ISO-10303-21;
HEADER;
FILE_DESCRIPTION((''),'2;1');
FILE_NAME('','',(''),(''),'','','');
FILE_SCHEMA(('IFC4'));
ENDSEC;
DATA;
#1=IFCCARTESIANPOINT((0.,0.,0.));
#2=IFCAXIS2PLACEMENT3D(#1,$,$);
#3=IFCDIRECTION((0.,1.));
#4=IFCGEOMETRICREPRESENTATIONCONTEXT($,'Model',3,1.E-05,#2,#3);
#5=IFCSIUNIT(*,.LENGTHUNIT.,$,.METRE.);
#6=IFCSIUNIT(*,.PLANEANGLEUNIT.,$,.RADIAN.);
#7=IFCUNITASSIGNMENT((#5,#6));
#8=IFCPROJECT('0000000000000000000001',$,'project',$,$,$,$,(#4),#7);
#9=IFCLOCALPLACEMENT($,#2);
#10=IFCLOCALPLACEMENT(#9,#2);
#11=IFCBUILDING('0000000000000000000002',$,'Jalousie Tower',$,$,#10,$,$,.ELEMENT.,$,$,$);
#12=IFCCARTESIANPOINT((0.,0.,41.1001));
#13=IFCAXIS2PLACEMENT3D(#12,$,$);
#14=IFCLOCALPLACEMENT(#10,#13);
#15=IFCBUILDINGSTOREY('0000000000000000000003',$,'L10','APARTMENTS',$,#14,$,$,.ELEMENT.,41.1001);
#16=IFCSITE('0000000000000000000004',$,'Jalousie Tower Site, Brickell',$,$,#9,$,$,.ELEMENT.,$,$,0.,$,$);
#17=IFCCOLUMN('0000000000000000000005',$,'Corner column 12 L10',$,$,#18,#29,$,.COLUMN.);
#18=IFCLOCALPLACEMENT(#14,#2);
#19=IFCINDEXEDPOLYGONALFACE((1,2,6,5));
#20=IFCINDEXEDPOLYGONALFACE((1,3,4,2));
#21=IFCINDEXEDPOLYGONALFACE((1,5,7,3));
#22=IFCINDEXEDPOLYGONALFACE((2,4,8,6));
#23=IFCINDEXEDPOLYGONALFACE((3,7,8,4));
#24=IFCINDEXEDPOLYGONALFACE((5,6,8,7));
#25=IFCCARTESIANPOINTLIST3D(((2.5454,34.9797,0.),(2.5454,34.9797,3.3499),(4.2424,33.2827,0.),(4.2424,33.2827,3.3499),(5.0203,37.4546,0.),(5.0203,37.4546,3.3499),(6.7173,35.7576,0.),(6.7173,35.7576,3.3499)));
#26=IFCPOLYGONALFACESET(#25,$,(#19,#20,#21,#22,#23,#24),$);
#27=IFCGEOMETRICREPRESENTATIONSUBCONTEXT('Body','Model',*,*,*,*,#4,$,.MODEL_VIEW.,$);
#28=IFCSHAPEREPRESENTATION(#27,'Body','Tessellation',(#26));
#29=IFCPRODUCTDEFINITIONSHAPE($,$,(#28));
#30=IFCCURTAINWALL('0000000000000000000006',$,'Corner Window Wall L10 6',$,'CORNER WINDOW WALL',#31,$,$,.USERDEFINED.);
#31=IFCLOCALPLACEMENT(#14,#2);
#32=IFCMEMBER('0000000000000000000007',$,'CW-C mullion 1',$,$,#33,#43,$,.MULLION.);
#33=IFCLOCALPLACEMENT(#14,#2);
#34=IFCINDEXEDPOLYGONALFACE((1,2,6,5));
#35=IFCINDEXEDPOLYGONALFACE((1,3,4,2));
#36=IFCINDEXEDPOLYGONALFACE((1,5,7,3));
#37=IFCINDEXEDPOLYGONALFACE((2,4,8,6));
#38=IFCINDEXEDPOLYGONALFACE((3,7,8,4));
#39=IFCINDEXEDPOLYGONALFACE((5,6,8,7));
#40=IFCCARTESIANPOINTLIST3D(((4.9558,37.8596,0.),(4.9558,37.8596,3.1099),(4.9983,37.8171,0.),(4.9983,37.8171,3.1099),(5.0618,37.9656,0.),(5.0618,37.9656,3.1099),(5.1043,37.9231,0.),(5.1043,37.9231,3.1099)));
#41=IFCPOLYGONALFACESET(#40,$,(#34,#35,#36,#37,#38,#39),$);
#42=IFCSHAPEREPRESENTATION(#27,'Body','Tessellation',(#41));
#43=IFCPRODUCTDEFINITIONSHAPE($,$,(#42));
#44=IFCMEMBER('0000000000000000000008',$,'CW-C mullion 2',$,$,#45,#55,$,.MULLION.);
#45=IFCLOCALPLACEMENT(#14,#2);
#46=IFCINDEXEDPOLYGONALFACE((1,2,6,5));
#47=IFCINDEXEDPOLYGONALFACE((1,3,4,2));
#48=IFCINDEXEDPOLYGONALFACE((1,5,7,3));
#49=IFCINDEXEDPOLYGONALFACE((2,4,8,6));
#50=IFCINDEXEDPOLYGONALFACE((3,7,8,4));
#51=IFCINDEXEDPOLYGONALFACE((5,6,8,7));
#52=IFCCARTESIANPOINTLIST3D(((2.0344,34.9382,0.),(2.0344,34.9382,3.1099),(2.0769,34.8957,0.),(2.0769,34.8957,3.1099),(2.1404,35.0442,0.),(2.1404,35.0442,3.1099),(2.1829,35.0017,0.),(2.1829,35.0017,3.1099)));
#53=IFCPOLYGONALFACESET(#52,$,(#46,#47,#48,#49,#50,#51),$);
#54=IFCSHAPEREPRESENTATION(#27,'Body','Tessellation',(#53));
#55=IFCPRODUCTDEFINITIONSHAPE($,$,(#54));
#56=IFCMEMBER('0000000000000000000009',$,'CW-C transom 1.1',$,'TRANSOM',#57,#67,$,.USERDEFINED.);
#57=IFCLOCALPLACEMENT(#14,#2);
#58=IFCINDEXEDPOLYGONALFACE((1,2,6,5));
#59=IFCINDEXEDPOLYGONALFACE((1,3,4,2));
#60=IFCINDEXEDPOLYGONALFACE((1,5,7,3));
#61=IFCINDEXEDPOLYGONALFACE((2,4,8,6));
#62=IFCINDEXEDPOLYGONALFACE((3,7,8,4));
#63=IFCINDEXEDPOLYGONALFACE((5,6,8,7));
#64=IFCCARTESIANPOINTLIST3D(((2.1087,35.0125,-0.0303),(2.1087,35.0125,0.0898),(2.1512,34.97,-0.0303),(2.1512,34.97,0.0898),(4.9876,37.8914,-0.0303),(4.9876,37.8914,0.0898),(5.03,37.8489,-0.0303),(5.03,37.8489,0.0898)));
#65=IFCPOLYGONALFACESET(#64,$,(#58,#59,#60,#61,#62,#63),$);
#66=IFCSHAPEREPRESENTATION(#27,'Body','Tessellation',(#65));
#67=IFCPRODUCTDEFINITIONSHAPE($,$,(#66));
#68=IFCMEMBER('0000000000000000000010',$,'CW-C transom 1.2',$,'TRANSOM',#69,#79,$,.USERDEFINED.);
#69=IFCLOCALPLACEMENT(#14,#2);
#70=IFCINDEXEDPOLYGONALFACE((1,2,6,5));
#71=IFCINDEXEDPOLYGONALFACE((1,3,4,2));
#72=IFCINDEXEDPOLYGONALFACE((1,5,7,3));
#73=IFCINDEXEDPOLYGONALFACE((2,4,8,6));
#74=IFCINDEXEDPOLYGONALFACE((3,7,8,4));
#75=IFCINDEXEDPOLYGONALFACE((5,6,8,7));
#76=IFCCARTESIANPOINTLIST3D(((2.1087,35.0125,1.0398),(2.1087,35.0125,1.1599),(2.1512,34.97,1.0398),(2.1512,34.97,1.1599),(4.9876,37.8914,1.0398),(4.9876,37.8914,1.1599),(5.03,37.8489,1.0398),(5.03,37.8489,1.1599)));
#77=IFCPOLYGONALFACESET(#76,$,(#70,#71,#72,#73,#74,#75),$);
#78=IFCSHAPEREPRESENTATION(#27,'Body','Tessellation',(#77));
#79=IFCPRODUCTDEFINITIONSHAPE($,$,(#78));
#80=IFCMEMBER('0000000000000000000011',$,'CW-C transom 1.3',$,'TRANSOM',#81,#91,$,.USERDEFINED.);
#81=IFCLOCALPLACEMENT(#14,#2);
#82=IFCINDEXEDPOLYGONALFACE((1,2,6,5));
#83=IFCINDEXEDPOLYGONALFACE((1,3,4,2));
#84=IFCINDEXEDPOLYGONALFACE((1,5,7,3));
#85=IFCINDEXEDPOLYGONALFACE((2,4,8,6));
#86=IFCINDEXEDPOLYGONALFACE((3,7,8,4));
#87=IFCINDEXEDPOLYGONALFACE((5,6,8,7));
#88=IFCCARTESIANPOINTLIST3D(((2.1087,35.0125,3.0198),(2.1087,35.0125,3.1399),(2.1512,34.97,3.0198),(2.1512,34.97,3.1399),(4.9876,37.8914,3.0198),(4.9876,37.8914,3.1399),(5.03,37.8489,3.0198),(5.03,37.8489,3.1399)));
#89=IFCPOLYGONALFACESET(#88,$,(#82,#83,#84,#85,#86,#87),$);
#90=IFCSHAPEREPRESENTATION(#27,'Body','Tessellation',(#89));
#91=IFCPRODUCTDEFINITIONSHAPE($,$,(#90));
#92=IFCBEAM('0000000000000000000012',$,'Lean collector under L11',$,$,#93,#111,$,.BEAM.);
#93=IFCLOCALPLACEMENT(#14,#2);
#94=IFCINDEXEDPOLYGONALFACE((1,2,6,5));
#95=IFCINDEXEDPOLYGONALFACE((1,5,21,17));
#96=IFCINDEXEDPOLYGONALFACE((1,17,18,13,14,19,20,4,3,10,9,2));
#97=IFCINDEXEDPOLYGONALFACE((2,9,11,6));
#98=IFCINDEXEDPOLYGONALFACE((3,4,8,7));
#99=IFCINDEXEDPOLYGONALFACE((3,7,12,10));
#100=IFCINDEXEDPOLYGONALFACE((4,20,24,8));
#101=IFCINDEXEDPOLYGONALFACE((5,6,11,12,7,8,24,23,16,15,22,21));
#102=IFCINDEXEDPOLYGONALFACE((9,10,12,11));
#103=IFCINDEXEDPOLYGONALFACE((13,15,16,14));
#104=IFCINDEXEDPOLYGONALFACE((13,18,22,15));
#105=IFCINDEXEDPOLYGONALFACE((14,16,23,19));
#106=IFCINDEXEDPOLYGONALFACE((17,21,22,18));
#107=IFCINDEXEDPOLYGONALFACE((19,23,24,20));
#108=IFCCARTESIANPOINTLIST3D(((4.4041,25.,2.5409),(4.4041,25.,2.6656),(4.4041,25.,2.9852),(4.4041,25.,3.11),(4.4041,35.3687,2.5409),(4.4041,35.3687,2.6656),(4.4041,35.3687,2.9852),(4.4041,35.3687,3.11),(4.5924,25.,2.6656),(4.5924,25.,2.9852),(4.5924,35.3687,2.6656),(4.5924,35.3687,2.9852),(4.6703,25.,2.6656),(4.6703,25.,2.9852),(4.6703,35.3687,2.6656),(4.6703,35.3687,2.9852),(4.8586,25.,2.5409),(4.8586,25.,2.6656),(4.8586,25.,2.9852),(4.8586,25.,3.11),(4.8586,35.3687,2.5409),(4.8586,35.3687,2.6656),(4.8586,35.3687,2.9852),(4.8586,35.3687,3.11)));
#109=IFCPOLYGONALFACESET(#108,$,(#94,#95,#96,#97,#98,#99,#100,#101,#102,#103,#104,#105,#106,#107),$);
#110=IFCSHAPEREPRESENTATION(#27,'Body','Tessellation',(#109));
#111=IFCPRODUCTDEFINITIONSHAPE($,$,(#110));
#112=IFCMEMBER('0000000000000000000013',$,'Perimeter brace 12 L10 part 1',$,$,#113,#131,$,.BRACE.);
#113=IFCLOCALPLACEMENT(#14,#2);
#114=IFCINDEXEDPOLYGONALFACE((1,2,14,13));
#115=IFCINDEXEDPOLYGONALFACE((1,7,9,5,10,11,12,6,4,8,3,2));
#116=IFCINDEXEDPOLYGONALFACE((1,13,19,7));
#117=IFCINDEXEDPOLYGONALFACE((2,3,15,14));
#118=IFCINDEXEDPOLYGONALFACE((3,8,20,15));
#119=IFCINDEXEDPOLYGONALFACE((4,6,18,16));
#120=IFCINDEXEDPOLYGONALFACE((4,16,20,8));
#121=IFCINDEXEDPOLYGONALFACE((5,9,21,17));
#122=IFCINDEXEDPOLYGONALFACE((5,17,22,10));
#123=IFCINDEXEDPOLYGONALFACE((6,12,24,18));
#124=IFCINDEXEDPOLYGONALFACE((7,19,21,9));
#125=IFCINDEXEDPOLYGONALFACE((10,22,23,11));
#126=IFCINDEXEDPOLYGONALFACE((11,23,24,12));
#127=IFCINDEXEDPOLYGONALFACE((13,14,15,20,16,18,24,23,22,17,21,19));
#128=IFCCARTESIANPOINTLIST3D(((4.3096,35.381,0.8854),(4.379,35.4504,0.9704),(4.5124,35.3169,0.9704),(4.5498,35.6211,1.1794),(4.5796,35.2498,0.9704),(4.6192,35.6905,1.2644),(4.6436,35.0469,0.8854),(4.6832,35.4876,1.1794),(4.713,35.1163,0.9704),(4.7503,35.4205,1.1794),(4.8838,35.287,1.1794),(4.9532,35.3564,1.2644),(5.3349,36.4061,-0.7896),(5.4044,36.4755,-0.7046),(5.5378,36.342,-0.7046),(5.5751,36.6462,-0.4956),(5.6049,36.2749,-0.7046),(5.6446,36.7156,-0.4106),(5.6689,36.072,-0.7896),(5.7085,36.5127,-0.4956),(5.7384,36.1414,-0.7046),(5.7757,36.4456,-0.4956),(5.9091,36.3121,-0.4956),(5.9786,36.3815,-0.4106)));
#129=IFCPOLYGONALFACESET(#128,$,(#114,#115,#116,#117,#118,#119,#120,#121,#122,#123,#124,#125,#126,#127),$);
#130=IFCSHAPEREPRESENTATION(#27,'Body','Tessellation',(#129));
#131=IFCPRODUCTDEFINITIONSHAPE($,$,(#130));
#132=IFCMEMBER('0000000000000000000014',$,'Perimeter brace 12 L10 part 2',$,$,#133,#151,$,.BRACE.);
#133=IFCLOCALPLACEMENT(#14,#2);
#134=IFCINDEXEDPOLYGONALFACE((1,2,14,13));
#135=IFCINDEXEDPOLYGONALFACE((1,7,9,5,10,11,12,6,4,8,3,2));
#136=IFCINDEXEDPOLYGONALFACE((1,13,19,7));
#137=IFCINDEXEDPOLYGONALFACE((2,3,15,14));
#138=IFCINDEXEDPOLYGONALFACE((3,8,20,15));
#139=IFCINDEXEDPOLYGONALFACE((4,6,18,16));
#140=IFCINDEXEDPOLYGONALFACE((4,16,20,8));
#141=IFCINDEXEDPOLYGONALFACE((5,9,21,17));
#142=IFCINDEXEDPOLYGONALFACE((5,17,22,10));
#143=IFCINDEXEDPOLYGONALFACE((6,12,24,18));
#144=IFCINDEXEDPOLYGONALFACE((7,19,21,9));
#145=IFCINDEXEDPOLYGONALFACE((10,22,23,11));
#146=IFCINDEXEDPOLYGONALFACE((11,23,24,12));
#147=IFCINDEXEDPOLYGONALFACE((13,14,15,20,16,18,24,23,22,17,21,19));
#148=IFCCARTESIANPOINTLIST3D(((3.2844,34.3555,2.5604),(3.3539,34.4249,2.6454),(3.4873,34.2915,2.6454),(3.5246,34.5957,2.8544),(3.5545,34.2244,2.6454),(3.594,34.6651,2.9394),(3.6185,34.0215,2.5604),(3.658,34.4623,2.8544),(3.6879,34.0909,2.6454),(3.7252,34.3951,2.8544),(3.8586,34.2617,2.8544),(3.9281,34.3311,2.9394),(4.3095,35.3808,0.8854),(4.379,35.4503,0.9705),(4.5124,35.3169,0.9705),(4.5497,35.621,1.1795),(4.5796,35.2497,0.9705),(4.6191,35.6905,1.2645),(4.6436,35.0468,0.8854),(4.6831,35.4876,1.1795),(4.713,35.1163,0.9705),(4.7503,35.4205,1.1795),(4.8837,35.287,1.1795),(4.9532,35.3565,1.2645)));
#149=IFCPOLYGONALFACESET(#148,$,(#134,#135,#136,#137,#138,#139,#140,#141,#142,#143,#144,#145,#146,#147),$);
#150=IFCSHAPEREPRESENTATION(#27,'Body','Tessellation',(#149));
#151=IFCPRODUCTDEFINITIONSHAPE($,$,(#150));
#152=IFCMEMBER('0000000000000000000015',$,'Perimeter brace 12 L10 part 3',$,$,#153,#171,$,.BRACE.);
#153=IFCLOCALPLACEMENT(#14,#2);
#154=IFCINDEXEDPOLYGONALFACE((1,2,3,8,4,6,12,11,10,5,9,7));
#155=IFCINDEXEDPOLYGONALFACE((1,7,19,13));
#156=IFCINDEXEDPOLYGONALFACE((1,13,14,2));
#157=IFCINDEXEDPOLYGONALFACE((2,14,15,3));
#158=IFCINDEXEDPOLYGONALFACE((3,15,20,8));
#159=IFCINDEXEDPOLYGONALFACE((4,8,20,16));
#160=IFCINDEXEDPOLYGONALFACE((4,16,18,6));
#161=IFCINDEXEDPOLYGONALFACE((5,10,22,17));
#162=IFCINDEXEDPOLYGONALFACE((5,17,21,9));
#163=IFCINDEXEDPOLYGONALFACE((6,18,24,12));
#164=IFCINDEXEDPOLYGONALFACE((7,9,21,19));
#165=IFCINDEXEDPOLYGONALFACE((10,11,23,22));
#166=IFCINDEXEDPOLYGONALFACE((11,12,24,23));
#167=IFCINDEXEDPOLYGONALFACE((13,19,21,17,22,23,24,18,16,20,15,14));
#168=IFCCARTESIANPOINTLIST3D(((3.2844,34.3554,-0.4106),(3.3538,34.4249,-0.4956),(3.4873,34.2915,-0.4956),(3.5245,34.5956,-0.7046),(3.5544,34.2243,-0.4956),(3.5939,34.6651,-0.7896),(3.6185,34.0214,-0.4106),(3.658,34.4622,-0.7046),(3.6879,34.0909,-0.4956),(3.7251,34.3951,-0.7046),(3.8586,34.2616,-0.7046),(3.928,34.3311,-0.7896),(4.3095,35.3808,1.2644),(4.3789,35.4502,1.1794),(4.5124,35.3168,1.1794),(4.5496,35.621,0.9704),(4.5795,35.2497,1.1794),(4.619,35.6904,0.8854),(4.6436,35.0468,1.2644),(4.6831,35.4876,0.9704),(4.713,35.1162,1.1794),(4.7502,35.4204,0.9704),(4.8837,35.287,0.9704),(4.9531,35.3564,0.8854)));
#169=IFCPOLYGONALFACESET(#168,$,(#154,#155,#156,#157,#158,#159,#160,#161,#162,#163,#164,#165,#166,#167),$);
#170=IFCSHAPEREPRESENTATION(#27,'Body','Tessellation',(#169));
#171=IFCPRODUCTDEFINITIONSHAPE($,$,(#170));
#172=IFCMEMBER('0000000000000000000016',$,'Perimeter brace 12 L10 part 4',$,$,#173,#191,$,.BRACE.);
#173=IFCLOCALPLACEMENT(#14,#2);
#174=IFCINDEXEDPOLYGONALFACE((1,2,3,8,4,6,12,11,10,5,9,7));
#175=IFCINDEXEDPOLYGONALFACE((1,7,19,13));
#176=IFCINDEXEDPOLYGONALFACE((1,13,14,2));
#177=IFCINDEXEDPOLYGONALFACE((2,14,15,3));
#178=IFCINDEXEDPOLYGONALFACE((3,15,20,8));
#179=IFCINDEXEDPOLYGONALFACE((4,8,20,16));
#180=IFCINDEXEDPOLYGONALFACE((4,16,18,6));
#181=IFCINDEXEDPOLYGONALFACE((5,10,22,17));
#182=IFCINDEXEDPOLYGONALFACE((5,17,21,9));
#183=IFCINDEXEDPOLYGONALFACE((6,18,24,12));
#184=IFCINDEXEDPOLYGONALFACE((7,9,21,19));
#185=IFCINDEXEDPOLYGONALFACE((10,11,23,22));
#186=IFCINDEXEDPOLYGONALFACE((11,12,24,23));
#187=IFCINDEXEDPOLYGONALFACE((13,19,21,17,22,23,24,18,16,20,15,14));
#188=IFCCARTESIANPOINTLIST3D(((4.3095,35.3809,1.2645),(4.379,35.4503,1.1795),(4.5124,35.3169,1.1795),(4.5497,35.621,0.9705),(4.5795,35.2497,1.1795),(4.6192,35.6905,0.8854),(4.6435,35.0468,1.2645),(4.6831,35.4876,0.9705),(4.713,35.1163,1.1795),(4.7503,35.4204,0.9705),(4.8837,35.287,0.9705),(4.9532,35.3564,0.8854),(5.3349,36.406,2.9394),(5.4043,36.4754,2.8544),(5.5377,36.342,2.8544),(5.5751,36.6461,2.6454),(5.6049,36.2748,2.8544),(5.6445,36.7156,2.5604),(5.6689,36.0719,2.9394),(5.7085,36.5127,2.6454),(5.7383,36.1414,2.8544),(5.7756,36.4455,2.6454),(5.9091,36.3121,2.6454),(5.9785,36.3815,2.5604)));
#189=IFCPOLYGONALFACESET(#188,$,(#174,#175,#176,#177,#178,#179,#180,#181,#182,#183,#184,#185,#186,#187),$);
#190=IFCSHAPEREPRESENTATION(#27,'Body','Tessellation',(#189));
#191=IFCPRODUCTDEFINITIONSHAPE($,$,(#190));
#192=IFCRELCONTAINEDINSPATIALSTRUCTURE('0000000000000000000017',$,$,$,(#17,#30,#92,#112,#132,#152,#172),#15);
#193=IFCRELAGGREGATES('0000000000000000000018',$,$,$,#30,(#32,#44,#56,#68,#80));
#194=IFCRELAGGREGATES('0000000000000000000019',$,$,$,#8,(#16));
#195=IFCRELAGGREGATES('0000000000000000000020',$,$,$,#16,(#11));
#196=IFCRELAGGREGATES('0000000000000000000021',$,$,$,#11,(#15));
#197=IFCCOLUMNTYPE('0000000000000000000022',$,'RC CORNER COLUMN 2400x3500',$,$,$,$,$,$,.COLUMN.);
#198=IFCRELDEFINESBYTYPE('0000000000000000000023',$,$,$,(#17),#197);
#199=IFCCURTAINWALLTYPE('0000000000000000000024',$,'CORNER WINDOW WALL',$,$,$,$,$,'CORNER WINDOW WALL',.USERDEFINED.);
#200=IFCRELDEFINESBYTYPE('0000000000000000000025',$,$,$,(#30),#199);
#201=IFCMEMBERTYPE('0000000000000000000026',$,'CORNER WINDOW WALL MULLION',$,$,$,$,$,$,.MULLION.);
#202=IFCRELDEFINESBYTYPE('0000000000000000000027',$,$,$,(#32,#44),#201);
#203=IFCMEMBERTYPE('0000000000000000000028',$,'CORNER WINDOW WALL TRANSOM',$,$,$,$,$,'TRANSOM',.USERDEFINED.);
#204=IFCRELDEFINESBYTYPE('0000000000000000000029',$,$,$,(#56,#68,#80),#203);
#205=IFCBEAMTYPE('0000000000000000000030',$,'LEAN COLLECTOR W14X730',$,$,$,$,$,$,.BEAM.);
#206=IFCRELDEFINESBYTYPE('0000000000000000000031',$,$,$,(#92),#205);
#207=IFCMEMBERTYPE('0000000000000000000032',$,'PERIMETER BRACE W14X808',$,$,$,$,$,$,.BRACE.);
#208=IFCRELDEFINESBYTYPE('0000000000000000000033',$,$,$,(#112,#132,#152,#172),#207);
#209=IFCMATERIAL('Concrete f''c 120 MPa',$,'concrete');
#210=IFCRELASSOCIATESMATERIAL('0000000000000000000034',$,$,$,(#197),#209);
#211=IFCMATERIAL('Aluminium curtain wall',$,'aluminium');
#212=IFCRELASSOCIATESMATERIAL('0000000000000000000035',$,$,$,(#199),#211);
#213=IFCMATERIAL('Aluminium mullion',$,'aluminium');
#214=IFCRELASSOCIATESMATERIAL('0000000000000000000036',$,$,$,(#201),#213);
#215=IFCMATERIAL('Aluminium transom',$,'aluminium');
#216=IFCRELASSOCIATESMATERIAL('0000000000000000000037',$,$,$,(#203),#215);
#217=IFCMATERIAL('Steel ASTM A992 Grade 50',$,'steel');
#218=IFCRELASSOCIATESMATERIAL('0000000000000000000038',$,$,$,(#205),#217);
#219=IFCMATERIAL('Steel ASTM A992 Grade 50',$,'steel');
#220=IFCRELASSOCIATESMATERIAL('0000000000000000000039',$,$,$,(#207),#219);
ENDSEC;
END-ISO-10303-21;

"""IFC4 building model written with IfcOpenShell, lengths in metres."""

from ifc_helpers import new_model, si_unit, direction, frame, origin, origin_2d, place, context, subcontext, project, spatial, rectangle, i_section, extrude, material, material_profile, profile_set, type_object, element, aggregate, save


model = new_model("IFC4")

# Units and contexts
model_context = context("Model", 3, precision=1e-05, world=origin(), true_north=direction((0.0, 1.0)))
body_context = subcontext(model_context, "Body", "Model", "MODEL_VIEW")
ifc_project = project(units=[si_unit("LENGTHUNIT", "METRE"), si_unit("PLANEANGLEUNIT", "RADIAN")], contexts=[model_context])

# Site, building, storey
site_placement = place(None, origin())
site = spatial("IfcSite", under=ifc_project, at=site_placement, Name="Jalousie Tower Site, Brickell", CompositionType="ELEMENT", RefElevation=0.0)
building_placement = place(site_placement, origin())
building = spatial("IfcBuilding", under=site, at=building_placement, Name="Jalousie Tower", CompositionType="ELEMENT")
storey_placement = place(building_placement, frame((0.0, 0.0, 41.1001)))
storey = spatial("IfcBuildingStorey", under=building, at=storey_placement, Name="L10", Description="APARTMENTS", CompositionType="ELEMENT", Elevation=41.1001)

# Column
ifc_material_1 = material(Name="Concrete f'c 120 MPa", Category="concrete")
ifc_material_profile_1 = material_profile(ifc_material_1, rectangle(XDim=2.3999, YDim=3.5, at=origin_2d()), Name="RC 2400x3500")
ifc_profile_set_1 = profile_set([ifc_material_profile_1], Name="Concrete f'c 120 MPa")
column_type = type_object("IfcColumnType", Name="RC CORNER COLUMN 2400x3500", PredefinedType="COLUMN", material=ifc_profile_set_1)
column_placement = place(storey_placement, frame((4.6313, 35.3687, 0.0), z_axis=(0.0, 0.0, 1.0), x_axis=(0.707107, -0.707107, 0.0)))
element("IfcColumn", 1, at=column_placement, inside=storey, type_object=column_type, Name="Corner column 12 L10", PredefinedType="COLUMN", context=body_context, shape_type="SweptSolid", body=[
    extrude(rectangle(XDim=2.3999, YDim=3.5, at=origin_2d()), origin(), (0.0, 0.0, 1.0), 3.3499),
])

# Curtain wall, members
ifc_material_2 = material(Name="Aluminium curtain wall", Category="aluminium")
curtain_wall_type_1 = type_object("IfcCurtainWallType", Name="CORNER WINDOW WALL", ElementType="CORNER WINDOW WALL", PredefinedType="USERDEFINED", material=ifc_material_2)
curtain_wall_1_placement = place(storey_placement, origin())
curtain_wall_1 = element("IfcCurtainWall", 2, at=curtain_wall_1_placement, inside=storey, type_object=curtain_wall_type_1, Name="Corner Window Wall L10 6", ObjectType="CORNER WINDOW WALL", PredefinedType="USERDEFINED")
ifc_material_3 = material(Name="Aluminium mullion", Category="aluminium")
ifc_material_profile_2 = material_profile(ifc_material_3, rectangle(XDim=0.0601, YDim=0.1499, at=origin_2d()), Name="MULLION 60x150")
ifc_profile_set_2 = profile_set([ifc_material_profile_2], Name="Aluminium mullion")
member_type_1 = type_object("IfcMemberType", Name="CORNER WINDOW WALL MULLION", PredefinedType="MULLION", material=ifc_profile_set_2)
member_1_placement = place(storey_placement, frame((5.03, 37.8914, 0.0), z_axis=(0.0, 0.0, 1.0), x_axis=(0.707107, -0.707107, 0.0)))
member_1 = element("IfcMember", 3, at=member_1_placement, type_object=member_type_1, Name="CW-C mullion 1", PredefinedType="MULLION", context=body_context, shape_type="SweptSolid", body=[
    extrude(rectangle(XDim=0.0601, YDim=0.1499, at=origin_2d()), origin(), (0.0, 0.0, 1.0), 3.1099),
])
member_2_placement = place(storey_placement, frame((2.1086, 34.97, 0.0), z_axis=(0.0, 0.0, 1.0), x_axis=(0.707107, -0.707107, 0.0)))
member_2 = element("IfcMember", 4, at=member_2_placement, type_object=member_type_1, Name="CW-C mullion 2", PredefinedType="MULLION", context=body_context, shape_type="SweptSolid", body=[
    extrude(rectangle(XDim=0.0601, YDim=0.1499, at=origin_2d()), origin(), (0.0, 0.0, 1.0), 3.1099),
])
ifc_material_4 = material(Name="Aluminium transom", Category="aluminium")
ifc_material_profile_3 = material_profile(ifc_material_4, rectangle(XDim=0.0601, YDim=0.1201, at=origin_2d()), Name="TRANSOM 60x120")
ifc_profile_set_3 = profile_set([ifc_material_profile_3], Name="Aluminium transom")
member_type_2 = type_object("IfcMemberType", Name="CORNER WINDOW WALL TRANSOM", ElementType="TRANSOM", PredefinedType="USERDEFINED", material=ifc_profile_set_3)
member_3_placement = place(storey_placement, frame((5.0088, 37.8701, 0.0298), z_axis=(-0.707107, -0.707107, 0.0), x_axis=(0.707107, -0.707107, 0.0)))
member_3 = element("IfcMember", 5, at=member_3_placement, type_object=member_type_2, Name="CW-C transom 1.1", ObjectType="TRANSOM", PredefinedType="USERDEFINED", context=body_context, shape_type="SweptSolid", body=[
    extrude(rectangle(XDim=0.0601, YDim=0.1201, at=origin_2d()), origin(), (0.0, 0.0, 1.0), 4.0713),
])
member_4_placement = place(storey_placement, frame((5.0088, 37.8701, 1.0999), z_axis=(-0.707107, -0.707107, 0.0), x_axis=(0.707107, -0.707107, 0.0)))
member_4 = element("IfcMember", 6, at=member_4_placement, type_object=member_type_2, Name="CW-C transom 1.2", ObjectType="TRANSOM", PredefinedType="USERDEFINED", context=body_context, shape_type="SweptSolid", body=[
    extrude(rectangle(XDim=0.0601, YDim=0.1201, at=origin_2d()), origin(), (0.0, 0.0, 1.0), 4.0713),
])
member_5_placement = place(storey_placement, frame((5.0088, 37.8701, 3.0798), z_axis=(-0.707107, -0.707107, 0.0), x_axis=(0.707107, -0.707107, 0.0)))
member_5 = element("IfcMember", 7, at=member_5_placement, type_object=member_type_2, Name="CW-C transom 1.3", ObjectType="TRANSOM", PredefinedType="USERDEFINED", context=body_context, shape_type="SweptSolid", body=[
    extrude(rectangle(XDim=0.0601, YDim=0.1201, at=origin_2d()), origin(), (0.0, 0.0, 1.0), 4.0713),
])

# Beam
ifc_material_5 = material(Name="Steel ASTM A992 Grade 50", Category="steel")
ifc_material_profile_4 = material_profile(ifc_material_5, i_section(OverallWidth=0.4546, OverallDepth=0.5691, WebThickness=0.0779, FlangeThickness=0.1248, at=origin_2d()), Name="W14X730")
ifc_profile_set_4 = profile_set([ifc_material_profile_4], Name="Steel ASTM A992 Grade 50")
beam_type_1 = type_object("IfcBeamType", Name="LEAN COLLECTOR W14X730", PredefinedType="BEAM", material=ifc_profile_set_4)
beam_1_placement = place(storey_placement, frame((4.6313, 35.3687, 2.8254), z_axis=(0.0, -1.0, 0.0), x_axis=(1.0, 0.0, 0.0)))
element("IfcBeam", 8, at=beam_1_placement, inside=storey, type_object=beam_type_1, Name="Lean collector under L11", PredefinedType="BEAM", context=body_context, shape_type="SweptSolid", body=[
    extrude(i_section(OverallWidth=0.4546, OverallDepth=0.5691, WebThickness=0.0779, FlangeThickness=0.1248, at=origin_2d()), origin(), (0.0, 0.0, 1.0), 10.3687),
])

# Members
ifc_material_6 = material(Name="Steel ASTM A992 Grade 50", Category="steel")
ifc_material_profile_5 = material_profile(ifc_material_6, i_section(OverallWidth=0.4724, OverallDepth=0.5791, WebThickness=0.095, FlangeThickness=0.1299, at=origin_2d()), Name="W14X808")
ifc_profile_set_5 = profile_set([ifc_material_profile_5], Name="Steel ASTM A992 Grade 50")
member_type_3 = type_object("IfcMemberType", Name="PERIMETER BRACE W14X808", PredefinedType="BRACE", material=ifc_profile_set_5)
for number, where, z_axis, x_axis, name in (
    (9, (5.6567, 36.3938, -0.6001), (-0.46284, -0.46273, 0.756082), (0.707023, -0.707191, 0.0), "Perimeter brace 12 L10 part 1"),
    (10, (4.6313, 35.3687, 1.075), (-0.46273, -0.46284, 0.756082), (0.707191, -0.707023, 0.0), "Perimeter brace 12 L10 part 2"),
    (11, (3.6062, 34.3433, -0.6001), (0.46273, 0.46284, 0.756082), (-0.707191, 0.707023, 0.0), "Perimeter brace 12 L10 part 3"),
    (12, (4.6313, 35.3687, 1.075), (0.46284, 0.46273, 0.756082), (-0.707023, 0.707191, 0.0), "Perimeter brace 12 L10 part 4"),
):
    element("IfcMember", number, at=place(storey_placement, frame(where, z_axis=z_axis, x_axis=x_axis)), inside=storey, type_object=member_type_3, Name=name, PredefinedType="BRACE", context=body_context, shape_type="SweptSolid", body=[
        extrude(i_section(OverallWidth=0.4724, OverallDepth=0.5791, WebThickness=0.095, FlangeThickness=0.1299, at=origin_2d()), origin(), (0.0, 0.0, 1.0), 2.2153),
    ])

aggregate(curtain_wall_1, [member_1, member_2, member_3, member_4, member_5])

save(model, "model.ifc")
